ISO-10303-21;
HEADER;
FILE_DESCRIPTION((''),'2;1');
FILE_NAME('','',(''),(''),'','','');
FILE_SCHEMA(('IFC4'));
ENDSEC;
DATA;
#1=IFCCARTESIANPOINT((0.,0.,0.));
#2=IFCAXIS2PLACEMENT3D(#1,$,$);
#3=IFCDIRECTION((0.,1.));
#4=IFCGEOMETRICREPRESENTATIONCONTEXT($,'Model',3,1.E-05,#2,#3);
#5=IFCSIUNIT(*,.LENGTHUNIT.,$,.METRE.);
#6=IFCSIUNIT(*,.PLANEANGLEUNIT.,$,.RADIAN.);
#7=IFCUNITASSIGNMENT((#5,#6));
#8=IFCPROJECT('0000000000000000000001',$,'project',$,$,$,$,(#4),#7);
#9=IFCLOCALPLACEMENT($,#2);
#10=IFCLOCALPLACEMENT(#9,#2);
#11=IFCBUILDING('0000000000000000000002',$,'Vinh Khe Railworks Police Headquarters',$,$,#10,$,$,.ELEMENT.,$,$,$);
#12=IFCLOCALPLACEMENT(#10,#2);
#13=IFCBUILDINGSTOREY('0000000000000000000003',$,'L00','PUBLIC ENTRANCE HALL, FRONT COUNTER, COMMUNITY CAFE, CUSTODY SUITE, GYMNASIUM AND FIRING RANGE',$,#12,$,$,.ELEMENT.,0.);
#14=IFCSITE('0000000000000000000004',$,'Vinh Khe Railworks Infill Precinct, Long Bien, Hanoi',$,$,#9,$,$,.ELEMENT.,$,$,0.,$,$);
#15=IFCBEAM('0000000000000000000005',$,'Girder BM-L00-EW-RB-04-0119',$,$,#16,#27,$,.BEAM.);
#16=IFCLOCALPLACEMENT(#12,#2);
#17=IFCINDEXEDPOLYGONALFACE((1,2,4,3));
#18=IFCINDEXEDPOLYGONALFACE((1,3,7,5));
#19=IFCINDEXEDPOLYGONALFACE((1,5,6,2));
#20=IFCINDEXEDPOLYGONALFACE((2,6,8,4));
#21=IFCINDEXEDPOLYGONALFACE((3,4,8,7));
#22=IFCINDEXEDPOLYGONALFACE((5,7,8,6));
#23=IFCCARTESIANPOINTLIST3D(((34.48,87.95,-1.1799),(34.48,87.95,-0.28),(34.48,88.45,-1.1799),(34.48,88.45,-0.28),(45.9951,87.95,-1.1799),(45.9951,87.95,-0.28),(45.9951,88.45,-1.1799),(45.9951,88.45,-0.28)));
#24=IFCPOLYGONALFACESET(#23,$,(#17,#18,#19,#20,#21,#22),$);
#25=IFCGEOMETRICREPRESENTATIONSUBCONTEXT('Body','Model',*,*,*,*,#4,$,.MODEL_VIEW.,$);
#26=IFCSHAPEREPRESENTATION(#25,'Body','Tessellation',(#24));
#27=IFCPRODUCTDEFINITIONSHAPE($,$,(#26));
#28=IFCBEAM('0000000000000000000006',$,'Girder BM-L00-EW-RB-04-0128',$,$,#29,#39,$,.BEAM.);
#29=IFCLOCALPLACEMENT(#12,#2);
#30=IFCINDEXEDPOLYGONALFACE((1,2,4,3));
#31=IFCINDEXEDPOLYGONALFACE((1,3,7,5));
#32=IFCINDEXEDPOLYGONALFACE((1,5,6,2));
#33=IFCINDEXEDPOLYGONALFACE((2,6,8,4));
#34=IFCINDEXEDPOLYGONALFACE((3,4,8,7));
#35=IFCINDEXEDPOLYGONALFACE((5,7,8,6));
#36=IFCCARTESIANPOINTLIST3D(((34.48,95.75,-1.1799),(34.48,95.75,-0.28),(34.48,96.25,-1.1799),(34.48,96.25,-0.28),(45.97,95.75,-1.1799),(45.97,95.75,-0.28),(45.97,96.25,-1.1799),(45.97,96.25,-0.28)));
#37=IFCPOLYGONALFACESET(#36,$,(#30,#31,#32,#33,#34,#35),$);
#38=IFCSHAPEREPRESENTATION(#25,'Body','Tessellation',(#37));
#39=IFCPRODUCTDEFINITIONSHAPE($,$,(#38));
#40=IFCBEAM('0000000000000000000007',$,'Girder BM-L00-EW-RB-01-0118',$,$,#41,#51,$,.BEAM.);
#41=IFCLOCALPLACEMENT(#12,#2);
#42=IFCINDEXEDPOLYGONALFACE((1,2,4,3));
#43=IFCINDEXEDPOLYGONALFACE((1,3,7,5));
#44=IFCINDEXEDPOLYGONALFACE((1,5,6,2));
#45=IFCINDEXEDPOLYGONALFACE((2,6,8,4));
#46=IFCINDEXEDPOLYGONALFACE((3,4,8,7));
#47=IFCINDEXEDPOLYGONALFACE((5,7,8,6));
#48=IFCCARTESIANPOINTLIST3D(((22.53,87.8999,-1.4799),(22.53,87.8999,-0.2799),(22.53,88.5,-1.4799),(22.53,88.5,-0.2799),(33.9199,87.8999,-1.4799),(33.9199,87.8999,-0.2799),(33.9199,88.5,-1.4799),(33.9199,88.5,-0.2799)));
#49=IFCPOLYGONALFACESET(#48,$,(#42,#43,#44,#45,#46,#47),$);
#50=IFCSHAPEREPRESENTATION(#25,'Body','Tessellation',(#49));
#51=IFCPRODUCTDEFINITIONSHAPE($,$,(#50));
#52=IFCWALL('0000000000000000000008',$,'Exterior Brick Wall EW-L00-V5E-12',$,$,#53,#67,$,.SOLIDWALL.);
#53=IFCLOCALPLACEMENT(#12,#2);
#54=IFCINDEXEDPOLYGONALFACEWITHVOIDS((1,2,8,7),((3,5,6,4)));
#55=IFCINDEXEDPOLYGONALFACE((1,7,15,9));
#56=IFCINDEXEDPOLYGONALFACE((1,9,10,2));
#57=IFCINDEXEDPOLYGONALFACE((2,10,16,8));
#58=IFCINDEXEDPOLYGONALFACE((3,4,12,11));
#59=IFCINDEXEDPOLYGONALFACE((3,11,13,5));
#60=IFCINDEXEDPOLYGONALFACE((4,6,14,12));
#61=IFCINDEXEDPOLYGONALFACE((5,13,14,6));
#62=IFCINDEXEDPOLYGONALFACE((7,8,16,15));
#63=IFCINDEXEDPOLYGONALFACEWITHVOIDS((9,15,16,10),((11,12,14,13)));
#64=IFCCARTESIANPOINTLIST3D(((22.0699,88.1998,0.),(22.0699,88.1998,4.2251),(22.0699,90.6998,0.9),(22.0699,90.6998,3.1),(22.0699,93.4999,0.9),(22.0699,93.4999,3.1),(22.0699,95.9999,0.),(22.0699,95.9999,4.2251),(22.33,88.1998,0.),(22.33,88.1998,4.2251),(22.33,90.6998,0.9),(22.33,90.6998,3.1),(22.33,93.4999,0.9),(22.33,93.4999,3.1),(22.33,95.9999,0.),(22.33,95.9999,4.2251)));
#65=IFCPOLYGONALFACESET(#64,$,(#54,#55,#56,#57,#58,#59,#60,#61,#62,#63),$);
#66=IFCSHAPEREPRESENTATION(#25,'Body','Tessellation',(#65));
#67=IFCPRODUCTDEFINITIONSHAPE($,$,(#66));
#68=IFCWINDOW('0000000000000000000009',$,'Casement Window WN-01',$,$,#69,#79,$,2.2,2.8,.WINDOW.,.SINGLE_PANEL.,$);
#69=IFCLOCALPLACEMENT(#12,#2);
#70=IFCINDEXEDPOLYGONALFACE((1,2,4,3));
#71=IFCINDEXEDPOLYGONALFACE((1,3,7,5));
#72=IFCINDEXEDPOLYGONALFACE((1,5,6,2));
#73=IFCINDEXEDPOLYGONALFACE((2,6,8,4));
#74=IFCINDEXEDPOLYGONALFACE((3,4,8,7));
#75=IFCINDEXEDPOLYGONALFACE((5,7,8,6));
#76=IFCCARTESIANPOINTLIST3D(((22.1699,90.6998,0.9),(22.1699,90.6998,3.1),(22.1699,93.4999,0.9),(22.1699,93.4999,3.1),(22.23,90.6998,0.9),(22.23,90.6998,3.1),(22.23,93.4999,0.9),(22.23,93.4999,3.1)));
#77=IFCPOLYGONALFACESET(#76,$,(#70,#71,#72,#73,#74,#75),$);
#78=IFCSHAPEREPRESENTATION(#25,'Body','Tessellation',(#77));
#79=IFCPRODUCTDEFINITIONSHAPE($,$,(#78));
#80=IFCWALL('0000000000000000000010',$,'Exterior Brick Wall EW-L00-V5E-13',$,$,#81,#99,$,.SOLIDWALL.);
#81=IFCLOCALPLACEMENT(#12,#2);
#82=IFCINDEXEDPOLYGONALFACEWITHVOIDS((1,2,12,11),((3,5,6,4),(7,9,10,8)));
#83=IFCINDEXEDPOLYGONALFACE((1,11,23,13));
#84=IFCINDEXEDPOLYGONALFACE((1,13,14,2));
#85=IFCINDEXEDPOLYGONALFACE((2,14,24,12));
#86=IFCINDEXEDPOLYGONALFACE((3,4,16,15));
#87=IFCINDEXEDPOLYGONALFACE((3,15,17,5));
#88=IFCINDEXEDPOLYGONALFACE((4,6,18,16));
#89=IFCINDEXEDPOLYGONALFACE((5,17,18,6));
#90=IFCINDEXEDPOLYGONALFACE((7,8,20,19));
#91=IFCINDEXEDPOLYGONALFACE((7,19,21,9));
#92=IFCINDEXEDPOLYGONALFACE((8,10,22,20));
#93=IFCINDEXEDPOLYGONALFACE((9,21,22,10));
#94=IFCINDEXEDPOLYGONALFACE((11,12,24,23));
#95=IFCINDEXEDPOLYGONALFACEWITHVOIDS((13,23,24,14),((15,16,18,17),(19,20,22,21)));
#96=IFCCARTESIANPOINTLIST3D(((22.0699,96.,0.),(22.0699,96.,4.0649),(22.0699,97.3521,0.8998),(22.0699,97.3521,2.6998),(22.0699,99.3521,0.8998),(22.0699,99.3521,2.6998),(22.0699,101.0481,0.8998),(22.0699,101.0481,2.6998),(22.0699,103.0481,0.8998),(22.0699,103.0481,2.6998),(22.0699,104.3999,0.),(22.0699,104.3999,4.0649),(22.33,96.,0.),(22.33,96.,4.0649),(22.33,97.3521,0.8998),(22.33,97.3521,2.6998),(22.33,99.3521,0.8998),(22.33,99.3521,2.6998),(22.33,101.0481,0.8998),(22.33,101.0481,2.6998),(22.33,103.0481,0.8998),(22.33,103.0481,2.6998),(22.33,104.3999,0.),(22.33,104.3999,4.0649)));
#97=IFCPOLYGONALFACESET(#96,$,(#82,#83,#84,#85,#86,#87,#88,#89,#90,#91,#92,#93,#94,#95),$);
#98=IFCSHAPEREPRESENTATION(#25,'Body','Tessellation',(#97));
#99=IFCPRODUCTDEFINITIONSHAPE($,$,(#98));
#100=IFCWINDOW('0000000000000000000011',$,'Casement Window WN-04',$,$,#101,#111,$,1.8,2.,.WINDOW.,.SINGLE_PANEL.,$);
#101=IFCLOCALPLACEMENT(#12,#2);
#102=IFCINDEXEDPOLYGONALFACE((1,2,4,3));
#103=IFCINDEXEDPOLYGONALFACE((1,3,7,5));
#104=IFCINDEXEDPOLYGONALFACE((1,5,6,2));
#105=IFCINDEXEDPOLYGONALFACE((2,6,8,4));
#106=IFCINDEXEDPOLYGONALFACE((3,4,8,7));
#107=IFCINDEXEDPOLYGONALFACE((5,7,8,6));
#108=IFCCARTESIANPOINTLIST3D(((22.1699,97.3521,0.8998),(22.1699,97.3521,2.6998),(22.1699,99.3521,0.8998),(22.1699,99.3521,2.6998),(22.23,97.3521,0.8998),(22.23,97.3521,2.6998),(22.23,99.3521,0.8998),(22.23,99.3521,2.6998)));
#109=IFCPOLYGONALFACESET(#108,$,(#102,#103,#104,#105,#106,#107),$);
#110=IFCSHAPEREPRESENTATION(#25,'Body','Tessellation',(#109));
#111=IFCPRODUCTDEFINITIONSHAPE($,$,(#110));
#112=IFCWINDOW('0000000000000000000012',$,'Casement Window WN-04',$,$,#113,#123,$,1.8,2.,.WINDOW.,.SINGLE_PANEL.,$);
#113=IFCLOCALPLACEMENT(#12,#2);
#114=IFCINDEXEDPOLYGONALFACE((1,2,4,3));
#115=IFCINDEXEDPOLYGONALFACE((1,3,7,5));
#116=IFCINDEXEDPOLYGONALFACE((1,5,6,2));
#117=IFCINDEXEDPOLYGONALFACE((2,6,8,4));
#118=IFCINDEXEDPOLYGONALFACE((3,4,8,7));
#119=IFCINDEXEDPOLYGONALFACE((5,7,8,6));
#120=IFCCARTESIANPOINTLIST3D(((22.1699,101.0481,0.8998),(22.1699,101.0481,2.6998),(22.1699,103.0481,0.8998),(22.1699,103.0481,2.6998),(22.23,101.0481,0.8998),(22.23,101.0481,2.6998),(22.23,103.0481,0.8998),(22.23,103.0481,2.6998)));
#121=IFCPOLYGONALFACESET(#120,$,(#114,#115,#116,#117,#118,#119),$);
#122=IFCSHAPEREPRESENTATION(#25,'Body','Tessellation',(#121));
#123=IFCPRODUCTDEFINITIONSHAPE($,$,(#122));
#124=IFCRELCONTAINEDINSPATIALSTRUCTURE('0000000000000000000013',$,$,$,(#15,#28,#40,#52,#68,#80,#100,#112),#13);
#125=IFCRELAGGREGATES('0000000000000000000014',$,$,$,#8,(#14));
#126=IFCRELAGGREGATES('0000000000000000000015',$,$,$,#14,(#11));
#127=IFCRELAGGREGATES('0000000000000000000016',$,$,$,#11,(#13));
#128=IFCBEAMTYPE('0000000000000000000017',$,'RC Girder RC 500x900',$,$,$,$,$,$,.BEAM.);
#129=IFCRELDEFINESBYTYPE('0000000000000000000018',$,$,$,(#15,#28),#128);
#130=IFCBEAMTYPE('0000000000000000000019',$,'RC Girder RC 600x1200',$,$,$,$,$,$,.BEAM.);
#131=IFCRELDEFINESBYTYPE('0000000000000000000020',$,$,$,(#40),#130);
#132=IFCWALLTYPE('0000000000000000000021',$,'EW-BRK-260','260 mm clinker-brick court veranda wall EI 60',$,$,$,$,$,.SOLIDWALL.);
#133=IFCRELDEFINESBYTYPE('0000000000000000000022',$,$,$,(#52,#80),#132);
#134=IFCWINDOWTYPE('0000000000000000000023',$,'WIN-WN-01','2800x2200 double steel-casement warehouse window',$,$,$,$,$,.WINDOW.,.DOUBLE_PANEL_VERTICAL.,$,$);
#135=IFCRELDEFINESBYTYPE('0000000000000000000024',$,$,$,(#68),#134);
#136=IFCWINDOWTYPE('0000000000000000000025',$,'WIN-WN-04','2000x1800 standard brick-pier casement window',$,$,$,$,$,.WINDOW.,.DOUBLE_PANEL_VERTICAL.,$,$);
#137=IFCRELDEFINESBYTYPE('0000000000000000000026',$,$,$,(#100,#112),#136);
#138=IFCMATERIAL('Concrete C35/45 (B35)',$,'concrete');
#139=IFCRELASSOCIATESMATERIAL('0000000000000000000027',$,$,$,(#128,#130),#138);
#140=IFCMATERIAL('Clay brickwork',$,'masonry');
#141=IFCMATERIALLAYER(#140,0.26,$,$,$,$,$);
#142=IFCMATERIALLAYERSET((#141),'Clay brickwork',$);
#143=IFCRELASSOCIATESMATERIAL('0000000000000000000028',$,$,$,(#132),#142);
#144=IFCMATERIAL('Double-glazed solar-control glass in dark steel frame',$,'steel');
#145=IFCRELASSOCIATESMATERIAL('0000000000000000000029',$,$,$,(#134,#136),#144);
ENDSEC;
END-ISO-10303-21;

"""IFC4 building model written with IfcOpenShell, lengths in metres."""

from ifc_helpers import new_model, si_unit, direction, frame, frame_2d, origin, origin_2d, place, context, subcontext, project, spatial, rectangle, extrude, material, layer, layer_set, material_profile, profile_set, type_object, element, fill, save


model = new_model("IFC4")

# Units and contexts
model_context = context("Model", 3, precision=1e-05, world=origin(), true_north=direction((0.0, 1.0)))
body_context = subcontext(model_context, "Body", "Model", "MODEL_VIEW")
ifc_project = project(units=[si_unit("LENGTHUNIT", "METRE"), si_unit("PLANEANGLEUNIT", "RADIAN")], contexts=[model_context])

# Site, building, storey
site_placement = place(None, origin())
site = spatial("IfcSite", under=ifc_project, at=site_placement, Name="Vinh Khe Railworks Infill Precinct, Long Bien, Hanoi", CompositionType="ELEMENT", RefElevation=0.0)
building_placement = place(site_placement, origin())
building = spatial("IfcBuilding", under=site, at=building_placement, Name="Vinh Khe Railworks Police Headquarters", CompositionType="ELEMENT")
storey_placement = place(building_placement, origin())
storey = spatial("IfcBuildingStorey", under=building, at=storey_placement, Name="L00", Description="PUBLIC ENTRANCE HALL, FRONT COUNTER, COMMUNITY CAFE, CUSTODY SUITE, GYMNASIUM AND FIRING RANGE", CompositionType="ELEMENT", Elevation=0.0)

# Beams
ifc_material_1 = material(Name="Concrete C35/45 (B35)", Category="concrete")
ifc_material_profile_1 = material_profile(ifc_material_1, rectangle(XDim=0.5, YDim=0.8999, at=origin_2d()), Name="RC 500x900")
ifc_profile_set_1 = profile_set([ifc_material_profile_1], Name="Concrete C35/45 (B35)")
beam_type_1 = type_object("IfcBeamType", Name="RC Girder RC 500x900", PredefinedType="BEAM", material=ifc_profile_set_1)
beam_1_placement = place(storey_placement, frame((34.48, 88.2, -0.73), z_axis=(1.0, 0.0, 0.0), x_axis=(0.0, 1.0, 0.0)))
element("IfcBeam", 1, at=beam_1_placement, inside=storey, type_object=beam_type_1, Name="Girder BM-L00-EW-RB-04-0119", PredefinedType="BEAM", context=body_context, shape_type="SweptSolid", body=[
    extrude(rectangle(XDim=0.5, YDim=0.8999, at=origin_2d()), origin(), (0.0, 0.0, 1.0), 11.5151),
])
beam_2_placement = place(storey_placement, frame((34.48, 96.0, -0.73), z_axis=(1.0, 0.0, 0.0), x_axis=(0.0, 1.0, 0.0)))
element("IfcBeam", 2, at=beam_2_placement, inside=storey, type_object=beam_type_1, Name="Girder BM-L00-EW-RB-04-0128", PredefinedType="BEAM", context=body_context, shape_type="SweptSolid", body=[
    extrude(rectangle(XDim=0.5, YDim=0.8999, at=origin_2d()), origin(), (0.0, 0.0, 1.0), 11.49),
])
ifc_material_profile_2 = material_profile(ifc_material_1, rectangle(XDim=0.6001, YDim=1.2, at=origin_2d()), Name="RC 600x1200")
ifc_profile_set_2 = profile_set([ifc_material_profile_2], Name="Concrete C35/45 (B35)")
beam_type_2 = type_object("IfcBeamType", Name="RC Girder RC 600x1200", PredefinedType="BEAM", material=ifc_profile_set_2)
beam_3_placement = place(storey_placement, frame((22.53, 88.2, -0.8799), z_axis=(1.0, 0.0, 0.0), x_axis=(0.0, 1.0, 0.0)))
element("IfcBeam", 3, at=beam_3_placement, inside=storey, type_object=beam_type_2, Name="Girder BM-L00-EW-RB-01-0118", PredefinedType="BEAM", context=body_context, shape_type="SweptSolid", body=[
    extrude(rectangle(XDim=0.6001, YDim=1.2, at=origin_2d()), origin(), (0.0, 0.0, 1.0), 11.3899),
])

# Wall, opening, window
ifc_material_2 = material(Name="Clay brickwork", Category="masonry")
ifc_layer = layer(ifc_material_2, 0.26)
ifc_layer_set = layer_set([ifc_layer], Name="Clay brickwork")
wall_type = type_object("IfcWallType", Name="EW-BRK-260", Description="260 mm clinker-brick court veranda wall EI 60", PredefinedType="SOLIDWALL", material=ifc_layer_set)
wall_1_placement = place(storey_placement, frame((22.2, 88.2, 0.0), z_axis=(0.0, 0.0, 1.0), x_axis=(0.0, 1.0, 0.0)))
wall_1 = element("IfcWall", 4, at=wall_1_placement, inside=storey, type_object=wall_type, Name="Exterior Brick Wall EW-L00-V5E-12", PredefinedType="SOLIDWALL", context=body_context, shape_type="SweptSolid", body=[
    extrude(rectangle(XDim=7.8, YDim=0.26, at=frame_2d((3.8999, 0.0))), origin(), (0.0, 0.0, 1.0), 4.2251),
])
opening_1_placement = place(wall_1_placement, frame((2.5, 0.0, 0.8999)))
opening_1 = element("IfcOpeningElement", 5, at=opening_1_placement, cuts=wall_1, PredefinedType="OPENING", context=body_context, shape_type="SweptSolid", body=[
    extrude(rectangle(XDim=2.8, YDim=2.2, at=frame_2d((1.3999, 1.1001))), frame((0.0, 0.145, 0.0), z_axis=(0.0, -1.0, 0.0), x_axis=(1.0, 0.0, 0.0)), (0.0, 0.0, 1.0), 0.2898),
])
ifc_material_3 = material(Name="Double-glazed solar-control glass in dark steel frame", Category="steel")
window_type_1 = type_object("IfcWindowType", Name="WIN-WN-01", Description="2800x2200 double steel-casement warehouse window", PartitioningType="DOUBLE_PANEL_VERTICAL", PredefinedType="WINDOW", material=ifc_material_3)
window_1_placement = place(opening_1_placement, origin())
window_1 = element("IfcWindow", 6, at=window_1_placement, inside=storey, type_object=window_type_1, Name="Casement Window WN-01", OverallHeight=2.2, OverallWidth=2.8, PartitioningType="SINGLE_PANEL", PredefinedType="WINDOW", context=body_context, shape_type="SweptSolid", body=[
    extrude(rectangle(XDim=2.8, YDim=2.2, at=frame_2d((1.3999, 1.1001))), frame((0.0, 0.03, 0.0), z_axis=(0.0, -1.0, 0.0), x_axis=(1.0, 0.0, 0.0)), (0.0, 0.0, 1.0), 0.0601),
])
fill(opening_1, window_1)

# Wall, openings, windows
wall_2_placement = place(storey_placement, frame((22.2, 96.0, 0.0), z_axis=(0.0, 0.0, 1.0), x_axis=(0.0, 1.0, 0.0)))
wall_2 = element("IfcWall", 7, at=wall_2_placement, inside=storey, type_object=wall_type, Name="Exterior Brick Wall EW-L00-V5E-13", PredefinedType="SOLIDWALL", context=body_context, shape_type="SweptSolid", body=[
    extrude(rectangle(XDim=8.3999, YDim=0.26, at=frame_2d((4.2, 0.0))), origin(), (0.0, 0.0, 1.0), 4.0649),
])
opening_2_placement = place(wall_2_placement, frame((1.3521, 0.0, 0.8999)))
opening_2 = element("IfcOpeningElement", 8, at=opening_2_placement, cuts=wall_2, PredefinedType="OPENING", context=body_context, shape_type="SweptSolid", body=[
    extrude(rectangle(XDim=2.0, YDim=1.8, at=frame_2d((1.0, 0.8999))), frame((0.0, 0.145, 0.0), z_axis=(0.0, -1.0, 0.0), x_axis=(1.0, 0.0, 0.0)), (0.0, 0.0, 1.0), 0.2898),
])
opening_3_placement = place(wall_2_placement, frame((5.0481, 0.0, 0.8999)))
opening_3 = element("IfcOpeningElement", 9, at=opening_3_placement, cuts=wall_2, PredefinedType="OPENING", context=body_context, shape_type="SweptSolid", body=[
    extrude(rectangle(XDim=2.0, YDim=1.8, at=frame_2d((1.0, 0.8999))), frame((0.0, 0.145, 0.0), z_axis=(0.0, -1.0, 0.0), x_axis=(1.0, 0.0, 0.0)), (0.0, 0.0, 1.0), 0.2898),
])
window_type_2 = type_object("IfcWindowType", Name="WIN-WN-04", Description="2000x1800 standard brick-pier casement window", PartitioningType="DOUBLE_PANEL_VERTICAL", PredefinedType="WINDOW", material=ifc_material_3)
window_2_placement = place(opening_2_placement, origin())
window_2 = element("IfcWindow", 10, at=window_2_placement, inside=storey, type_object=window_type_2, Name="Casement Window WN-04", OverallHeight=1.8, OverallWidth=2.0, PartitioningType="SINGLE_PANEL", PredefinedType="WINDOW", context=body_context, shape_type="SweptSolid", body=[
    extrude(rectangle(XDim=2.0, YDim=1.8, at=frame_2d((1.0, 0.8999))), frame((0.0, 0.03, 0.0), z_axis=(0.0, -1.0, 0.0), x_axis=(1.0, 0.0, 0.0)), (0.0, 0.0, 1.0), 0.0601),
])
fill(opening_2, window_2)
window_3_placement = place(opening_3_placement, origin())
window_3 = element("IfcWindow", 11, at=window_3_placement, inside=storey, type_object=window_type_2, Name="Casement Window WN-04", OverallHeight=1.8, OverallWidth=2.0, PartitioningType="SINGLE_PANEL", PredefinedType="WINDOW", context=body_context, shape_type="SweptSolid", body=[
    extrude(rectangle(XDim=2.0, YDim=1.8, at=frame_2d((1.0, 0.8999))), frame((0.0, 0.03, 0.0), z_axis=(0.0, -1.0, 0.0), x_axis=(1.0, 0.0, 0.0)), (0.0, 0.0, 1.0), 0.0601),
])
fill(opening_3, window_3)

save(model, "model.ifc")
